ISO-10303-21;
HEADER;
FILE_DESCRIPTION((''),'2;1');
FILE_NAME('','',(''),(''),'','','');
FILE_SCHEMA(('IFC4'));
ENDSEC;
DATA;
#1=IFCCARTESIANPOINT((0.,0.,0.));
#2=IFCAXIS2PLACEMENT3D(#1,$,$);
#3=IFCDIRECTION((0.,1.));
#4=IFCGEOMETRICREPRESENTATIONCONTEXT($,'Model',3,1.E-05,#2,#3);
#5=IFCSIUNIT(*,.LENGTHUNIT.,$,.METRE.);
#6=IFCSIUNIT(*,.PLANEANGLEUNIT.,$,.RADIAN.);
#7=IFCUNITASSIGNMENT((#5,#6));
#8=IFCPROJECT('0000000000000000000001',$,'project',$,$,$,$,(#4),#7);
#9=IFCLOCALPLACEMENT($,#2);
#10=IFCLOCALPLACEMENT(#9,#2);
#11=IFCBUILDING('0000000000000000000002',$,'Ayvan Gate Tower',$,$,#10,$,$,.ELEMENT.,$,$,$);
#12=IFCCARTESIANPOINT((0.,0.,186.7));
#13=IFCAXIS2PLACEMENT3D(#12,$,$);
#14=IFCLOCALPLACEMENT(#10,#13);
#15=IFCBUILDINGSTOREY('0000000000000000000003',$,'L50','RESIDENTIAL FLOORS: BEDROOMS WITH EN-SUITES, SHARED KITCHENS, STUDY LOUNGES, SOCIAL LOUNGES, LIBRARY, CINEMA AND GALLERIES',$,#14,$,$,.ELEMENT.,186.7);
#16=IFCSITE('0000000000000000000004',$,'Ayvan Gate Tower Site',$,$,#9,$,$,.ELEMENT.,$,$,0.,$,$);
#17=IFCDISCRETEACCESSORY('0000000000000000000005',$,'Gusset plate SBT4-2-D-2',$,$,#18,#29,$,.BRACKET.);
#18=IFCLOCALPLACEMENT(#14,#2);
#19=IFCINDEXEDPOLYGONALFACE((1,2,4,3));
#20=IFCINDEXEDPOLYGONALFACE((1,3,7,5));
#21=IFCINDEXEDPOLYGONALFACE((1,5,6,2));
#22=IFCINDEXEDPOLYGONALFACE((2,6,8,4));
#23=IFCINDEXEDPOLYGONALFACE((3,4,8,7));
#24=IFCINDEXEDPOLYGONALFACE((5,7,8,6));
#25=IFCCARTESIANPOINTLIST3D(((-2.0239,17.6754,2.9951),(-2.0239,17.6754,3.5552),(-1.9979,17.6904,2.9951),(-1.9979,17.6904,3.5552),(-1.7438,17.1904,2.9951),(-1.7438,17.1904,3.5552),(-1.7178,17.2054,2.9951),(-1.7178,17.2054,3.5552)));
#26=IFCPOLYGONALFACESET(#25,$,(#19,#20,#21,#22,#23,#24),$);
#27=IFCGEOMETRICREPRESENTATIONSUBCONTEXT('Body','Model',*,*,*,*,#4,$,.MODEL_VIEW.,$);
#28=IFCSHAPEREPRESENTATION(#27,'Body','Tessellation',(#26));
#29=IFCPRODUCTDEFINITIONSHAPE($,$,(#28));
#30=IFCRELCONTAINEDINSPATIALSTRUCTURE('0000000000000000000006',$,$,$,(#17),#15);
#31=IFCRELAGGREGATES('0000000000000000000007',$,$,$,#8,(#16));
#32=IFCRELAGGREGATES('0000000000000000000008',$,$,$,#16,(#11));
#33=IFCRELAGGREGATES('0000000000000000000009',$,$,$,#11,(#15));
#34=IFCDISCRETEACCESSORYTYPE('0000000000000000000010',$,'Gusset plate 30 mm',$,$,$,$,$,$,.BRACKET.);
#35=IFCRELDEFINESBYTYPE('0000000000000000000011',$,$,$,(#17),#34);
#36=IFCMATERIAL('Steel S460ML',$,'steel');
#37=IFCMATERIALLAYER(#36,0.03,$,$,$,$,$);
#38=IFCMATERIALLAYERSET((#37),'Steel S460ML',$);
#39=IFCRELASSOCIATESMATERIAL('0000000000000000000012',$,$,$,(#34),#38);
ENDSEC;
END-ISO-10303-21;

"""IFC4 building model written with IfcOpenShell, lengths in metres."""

from ifc_helpers import new_model, si_unit, direction, frame, origin, origin_2d, place, context, subcontext, project, spatial, rectangle, extrude, material, layer, layer_set, type_object, element, save


model = new_model("IFC4")

# Units and contexts
model_context = context("Model", 3, precision=1e-05, world=origin(), true_north=direction((0.0, 1.0)))
body_context = subcontext(model_context, "Body", "Model", "MODEL_VIEW")
ifc_project = project(units=[si_unit("LENGTHUNIT", "METRE"), si_unit("PLANEANGLEUNIT", "RADIAN")], contexts=[model_context])

# Site, building, storey
site_placement = place(None, origin())
site = spatial("IfcSite", under=ifc_project, at=site_placement, Name="Ayvan Gate Tower Site", CompositionType="ELEMENT", RefElevation=0.0)
building_placement = place(site_placement, origin())
building = spatial("IfcBuilding", under=site, at=building_placement, Name="Ayvan Gate Tower", CompositionType="ELEMENT")
storey_placement = place(building_placement, frame((0.0, 0.0, 186.7)))
storey = spatial("IfcBuildingStorey", under=building, at=storey_placement, Name="L50", Description="RESIDENTIAL FLOORS: BEDROOMS WITH EN-SUITES, SHARED KITCHENS, STUDY LOUNGES, SOCIAL LOUNGES, LIBRARY, CINEMA AND GALLERIES", CompositionType="ELEMENT", Elevation=186.7)

# Shared definitions
ifc_material_1 = material(Name="Steel S460ML", Category="steel")

# Discrete accessory
ifc_layer_1 = layer(ifc_material_1, 0.03)
ifc_layer_set_1 = layer_set([ifc_layer_1], Name="Steel S460ML")
discrete_accessory_type = type_object("IfcDiscreteAccessoryType", Name="Gusset plate 30 mm", PredefinedType="BRACKET", material=ifc_layer_set_1)
discrete_accessory_placement = place(storey_placement, frame((-1.8708, 17.4404, 2.9951), z_axis=(0.0, 0.0, 1.0), x_axis=(-0.5, 0.866025, 0.0)))
element("IfcDiscreteAccessory", 1, at=discrete_accessory_placement, inside=storey, type_object=discrete_accessory_type, Name="Gusset plate SBT4-2-D-2", PredefinedType="BRACKET", context=body_context, shape_type="SweptSolid", body=[
    extrude(rectangle(XDim=0.5601, YDim=0.03, at=origin_2d()), origin(), (0.0, 0.0, 1.0), 0.5601),
])

save(model, "model.ifc")
